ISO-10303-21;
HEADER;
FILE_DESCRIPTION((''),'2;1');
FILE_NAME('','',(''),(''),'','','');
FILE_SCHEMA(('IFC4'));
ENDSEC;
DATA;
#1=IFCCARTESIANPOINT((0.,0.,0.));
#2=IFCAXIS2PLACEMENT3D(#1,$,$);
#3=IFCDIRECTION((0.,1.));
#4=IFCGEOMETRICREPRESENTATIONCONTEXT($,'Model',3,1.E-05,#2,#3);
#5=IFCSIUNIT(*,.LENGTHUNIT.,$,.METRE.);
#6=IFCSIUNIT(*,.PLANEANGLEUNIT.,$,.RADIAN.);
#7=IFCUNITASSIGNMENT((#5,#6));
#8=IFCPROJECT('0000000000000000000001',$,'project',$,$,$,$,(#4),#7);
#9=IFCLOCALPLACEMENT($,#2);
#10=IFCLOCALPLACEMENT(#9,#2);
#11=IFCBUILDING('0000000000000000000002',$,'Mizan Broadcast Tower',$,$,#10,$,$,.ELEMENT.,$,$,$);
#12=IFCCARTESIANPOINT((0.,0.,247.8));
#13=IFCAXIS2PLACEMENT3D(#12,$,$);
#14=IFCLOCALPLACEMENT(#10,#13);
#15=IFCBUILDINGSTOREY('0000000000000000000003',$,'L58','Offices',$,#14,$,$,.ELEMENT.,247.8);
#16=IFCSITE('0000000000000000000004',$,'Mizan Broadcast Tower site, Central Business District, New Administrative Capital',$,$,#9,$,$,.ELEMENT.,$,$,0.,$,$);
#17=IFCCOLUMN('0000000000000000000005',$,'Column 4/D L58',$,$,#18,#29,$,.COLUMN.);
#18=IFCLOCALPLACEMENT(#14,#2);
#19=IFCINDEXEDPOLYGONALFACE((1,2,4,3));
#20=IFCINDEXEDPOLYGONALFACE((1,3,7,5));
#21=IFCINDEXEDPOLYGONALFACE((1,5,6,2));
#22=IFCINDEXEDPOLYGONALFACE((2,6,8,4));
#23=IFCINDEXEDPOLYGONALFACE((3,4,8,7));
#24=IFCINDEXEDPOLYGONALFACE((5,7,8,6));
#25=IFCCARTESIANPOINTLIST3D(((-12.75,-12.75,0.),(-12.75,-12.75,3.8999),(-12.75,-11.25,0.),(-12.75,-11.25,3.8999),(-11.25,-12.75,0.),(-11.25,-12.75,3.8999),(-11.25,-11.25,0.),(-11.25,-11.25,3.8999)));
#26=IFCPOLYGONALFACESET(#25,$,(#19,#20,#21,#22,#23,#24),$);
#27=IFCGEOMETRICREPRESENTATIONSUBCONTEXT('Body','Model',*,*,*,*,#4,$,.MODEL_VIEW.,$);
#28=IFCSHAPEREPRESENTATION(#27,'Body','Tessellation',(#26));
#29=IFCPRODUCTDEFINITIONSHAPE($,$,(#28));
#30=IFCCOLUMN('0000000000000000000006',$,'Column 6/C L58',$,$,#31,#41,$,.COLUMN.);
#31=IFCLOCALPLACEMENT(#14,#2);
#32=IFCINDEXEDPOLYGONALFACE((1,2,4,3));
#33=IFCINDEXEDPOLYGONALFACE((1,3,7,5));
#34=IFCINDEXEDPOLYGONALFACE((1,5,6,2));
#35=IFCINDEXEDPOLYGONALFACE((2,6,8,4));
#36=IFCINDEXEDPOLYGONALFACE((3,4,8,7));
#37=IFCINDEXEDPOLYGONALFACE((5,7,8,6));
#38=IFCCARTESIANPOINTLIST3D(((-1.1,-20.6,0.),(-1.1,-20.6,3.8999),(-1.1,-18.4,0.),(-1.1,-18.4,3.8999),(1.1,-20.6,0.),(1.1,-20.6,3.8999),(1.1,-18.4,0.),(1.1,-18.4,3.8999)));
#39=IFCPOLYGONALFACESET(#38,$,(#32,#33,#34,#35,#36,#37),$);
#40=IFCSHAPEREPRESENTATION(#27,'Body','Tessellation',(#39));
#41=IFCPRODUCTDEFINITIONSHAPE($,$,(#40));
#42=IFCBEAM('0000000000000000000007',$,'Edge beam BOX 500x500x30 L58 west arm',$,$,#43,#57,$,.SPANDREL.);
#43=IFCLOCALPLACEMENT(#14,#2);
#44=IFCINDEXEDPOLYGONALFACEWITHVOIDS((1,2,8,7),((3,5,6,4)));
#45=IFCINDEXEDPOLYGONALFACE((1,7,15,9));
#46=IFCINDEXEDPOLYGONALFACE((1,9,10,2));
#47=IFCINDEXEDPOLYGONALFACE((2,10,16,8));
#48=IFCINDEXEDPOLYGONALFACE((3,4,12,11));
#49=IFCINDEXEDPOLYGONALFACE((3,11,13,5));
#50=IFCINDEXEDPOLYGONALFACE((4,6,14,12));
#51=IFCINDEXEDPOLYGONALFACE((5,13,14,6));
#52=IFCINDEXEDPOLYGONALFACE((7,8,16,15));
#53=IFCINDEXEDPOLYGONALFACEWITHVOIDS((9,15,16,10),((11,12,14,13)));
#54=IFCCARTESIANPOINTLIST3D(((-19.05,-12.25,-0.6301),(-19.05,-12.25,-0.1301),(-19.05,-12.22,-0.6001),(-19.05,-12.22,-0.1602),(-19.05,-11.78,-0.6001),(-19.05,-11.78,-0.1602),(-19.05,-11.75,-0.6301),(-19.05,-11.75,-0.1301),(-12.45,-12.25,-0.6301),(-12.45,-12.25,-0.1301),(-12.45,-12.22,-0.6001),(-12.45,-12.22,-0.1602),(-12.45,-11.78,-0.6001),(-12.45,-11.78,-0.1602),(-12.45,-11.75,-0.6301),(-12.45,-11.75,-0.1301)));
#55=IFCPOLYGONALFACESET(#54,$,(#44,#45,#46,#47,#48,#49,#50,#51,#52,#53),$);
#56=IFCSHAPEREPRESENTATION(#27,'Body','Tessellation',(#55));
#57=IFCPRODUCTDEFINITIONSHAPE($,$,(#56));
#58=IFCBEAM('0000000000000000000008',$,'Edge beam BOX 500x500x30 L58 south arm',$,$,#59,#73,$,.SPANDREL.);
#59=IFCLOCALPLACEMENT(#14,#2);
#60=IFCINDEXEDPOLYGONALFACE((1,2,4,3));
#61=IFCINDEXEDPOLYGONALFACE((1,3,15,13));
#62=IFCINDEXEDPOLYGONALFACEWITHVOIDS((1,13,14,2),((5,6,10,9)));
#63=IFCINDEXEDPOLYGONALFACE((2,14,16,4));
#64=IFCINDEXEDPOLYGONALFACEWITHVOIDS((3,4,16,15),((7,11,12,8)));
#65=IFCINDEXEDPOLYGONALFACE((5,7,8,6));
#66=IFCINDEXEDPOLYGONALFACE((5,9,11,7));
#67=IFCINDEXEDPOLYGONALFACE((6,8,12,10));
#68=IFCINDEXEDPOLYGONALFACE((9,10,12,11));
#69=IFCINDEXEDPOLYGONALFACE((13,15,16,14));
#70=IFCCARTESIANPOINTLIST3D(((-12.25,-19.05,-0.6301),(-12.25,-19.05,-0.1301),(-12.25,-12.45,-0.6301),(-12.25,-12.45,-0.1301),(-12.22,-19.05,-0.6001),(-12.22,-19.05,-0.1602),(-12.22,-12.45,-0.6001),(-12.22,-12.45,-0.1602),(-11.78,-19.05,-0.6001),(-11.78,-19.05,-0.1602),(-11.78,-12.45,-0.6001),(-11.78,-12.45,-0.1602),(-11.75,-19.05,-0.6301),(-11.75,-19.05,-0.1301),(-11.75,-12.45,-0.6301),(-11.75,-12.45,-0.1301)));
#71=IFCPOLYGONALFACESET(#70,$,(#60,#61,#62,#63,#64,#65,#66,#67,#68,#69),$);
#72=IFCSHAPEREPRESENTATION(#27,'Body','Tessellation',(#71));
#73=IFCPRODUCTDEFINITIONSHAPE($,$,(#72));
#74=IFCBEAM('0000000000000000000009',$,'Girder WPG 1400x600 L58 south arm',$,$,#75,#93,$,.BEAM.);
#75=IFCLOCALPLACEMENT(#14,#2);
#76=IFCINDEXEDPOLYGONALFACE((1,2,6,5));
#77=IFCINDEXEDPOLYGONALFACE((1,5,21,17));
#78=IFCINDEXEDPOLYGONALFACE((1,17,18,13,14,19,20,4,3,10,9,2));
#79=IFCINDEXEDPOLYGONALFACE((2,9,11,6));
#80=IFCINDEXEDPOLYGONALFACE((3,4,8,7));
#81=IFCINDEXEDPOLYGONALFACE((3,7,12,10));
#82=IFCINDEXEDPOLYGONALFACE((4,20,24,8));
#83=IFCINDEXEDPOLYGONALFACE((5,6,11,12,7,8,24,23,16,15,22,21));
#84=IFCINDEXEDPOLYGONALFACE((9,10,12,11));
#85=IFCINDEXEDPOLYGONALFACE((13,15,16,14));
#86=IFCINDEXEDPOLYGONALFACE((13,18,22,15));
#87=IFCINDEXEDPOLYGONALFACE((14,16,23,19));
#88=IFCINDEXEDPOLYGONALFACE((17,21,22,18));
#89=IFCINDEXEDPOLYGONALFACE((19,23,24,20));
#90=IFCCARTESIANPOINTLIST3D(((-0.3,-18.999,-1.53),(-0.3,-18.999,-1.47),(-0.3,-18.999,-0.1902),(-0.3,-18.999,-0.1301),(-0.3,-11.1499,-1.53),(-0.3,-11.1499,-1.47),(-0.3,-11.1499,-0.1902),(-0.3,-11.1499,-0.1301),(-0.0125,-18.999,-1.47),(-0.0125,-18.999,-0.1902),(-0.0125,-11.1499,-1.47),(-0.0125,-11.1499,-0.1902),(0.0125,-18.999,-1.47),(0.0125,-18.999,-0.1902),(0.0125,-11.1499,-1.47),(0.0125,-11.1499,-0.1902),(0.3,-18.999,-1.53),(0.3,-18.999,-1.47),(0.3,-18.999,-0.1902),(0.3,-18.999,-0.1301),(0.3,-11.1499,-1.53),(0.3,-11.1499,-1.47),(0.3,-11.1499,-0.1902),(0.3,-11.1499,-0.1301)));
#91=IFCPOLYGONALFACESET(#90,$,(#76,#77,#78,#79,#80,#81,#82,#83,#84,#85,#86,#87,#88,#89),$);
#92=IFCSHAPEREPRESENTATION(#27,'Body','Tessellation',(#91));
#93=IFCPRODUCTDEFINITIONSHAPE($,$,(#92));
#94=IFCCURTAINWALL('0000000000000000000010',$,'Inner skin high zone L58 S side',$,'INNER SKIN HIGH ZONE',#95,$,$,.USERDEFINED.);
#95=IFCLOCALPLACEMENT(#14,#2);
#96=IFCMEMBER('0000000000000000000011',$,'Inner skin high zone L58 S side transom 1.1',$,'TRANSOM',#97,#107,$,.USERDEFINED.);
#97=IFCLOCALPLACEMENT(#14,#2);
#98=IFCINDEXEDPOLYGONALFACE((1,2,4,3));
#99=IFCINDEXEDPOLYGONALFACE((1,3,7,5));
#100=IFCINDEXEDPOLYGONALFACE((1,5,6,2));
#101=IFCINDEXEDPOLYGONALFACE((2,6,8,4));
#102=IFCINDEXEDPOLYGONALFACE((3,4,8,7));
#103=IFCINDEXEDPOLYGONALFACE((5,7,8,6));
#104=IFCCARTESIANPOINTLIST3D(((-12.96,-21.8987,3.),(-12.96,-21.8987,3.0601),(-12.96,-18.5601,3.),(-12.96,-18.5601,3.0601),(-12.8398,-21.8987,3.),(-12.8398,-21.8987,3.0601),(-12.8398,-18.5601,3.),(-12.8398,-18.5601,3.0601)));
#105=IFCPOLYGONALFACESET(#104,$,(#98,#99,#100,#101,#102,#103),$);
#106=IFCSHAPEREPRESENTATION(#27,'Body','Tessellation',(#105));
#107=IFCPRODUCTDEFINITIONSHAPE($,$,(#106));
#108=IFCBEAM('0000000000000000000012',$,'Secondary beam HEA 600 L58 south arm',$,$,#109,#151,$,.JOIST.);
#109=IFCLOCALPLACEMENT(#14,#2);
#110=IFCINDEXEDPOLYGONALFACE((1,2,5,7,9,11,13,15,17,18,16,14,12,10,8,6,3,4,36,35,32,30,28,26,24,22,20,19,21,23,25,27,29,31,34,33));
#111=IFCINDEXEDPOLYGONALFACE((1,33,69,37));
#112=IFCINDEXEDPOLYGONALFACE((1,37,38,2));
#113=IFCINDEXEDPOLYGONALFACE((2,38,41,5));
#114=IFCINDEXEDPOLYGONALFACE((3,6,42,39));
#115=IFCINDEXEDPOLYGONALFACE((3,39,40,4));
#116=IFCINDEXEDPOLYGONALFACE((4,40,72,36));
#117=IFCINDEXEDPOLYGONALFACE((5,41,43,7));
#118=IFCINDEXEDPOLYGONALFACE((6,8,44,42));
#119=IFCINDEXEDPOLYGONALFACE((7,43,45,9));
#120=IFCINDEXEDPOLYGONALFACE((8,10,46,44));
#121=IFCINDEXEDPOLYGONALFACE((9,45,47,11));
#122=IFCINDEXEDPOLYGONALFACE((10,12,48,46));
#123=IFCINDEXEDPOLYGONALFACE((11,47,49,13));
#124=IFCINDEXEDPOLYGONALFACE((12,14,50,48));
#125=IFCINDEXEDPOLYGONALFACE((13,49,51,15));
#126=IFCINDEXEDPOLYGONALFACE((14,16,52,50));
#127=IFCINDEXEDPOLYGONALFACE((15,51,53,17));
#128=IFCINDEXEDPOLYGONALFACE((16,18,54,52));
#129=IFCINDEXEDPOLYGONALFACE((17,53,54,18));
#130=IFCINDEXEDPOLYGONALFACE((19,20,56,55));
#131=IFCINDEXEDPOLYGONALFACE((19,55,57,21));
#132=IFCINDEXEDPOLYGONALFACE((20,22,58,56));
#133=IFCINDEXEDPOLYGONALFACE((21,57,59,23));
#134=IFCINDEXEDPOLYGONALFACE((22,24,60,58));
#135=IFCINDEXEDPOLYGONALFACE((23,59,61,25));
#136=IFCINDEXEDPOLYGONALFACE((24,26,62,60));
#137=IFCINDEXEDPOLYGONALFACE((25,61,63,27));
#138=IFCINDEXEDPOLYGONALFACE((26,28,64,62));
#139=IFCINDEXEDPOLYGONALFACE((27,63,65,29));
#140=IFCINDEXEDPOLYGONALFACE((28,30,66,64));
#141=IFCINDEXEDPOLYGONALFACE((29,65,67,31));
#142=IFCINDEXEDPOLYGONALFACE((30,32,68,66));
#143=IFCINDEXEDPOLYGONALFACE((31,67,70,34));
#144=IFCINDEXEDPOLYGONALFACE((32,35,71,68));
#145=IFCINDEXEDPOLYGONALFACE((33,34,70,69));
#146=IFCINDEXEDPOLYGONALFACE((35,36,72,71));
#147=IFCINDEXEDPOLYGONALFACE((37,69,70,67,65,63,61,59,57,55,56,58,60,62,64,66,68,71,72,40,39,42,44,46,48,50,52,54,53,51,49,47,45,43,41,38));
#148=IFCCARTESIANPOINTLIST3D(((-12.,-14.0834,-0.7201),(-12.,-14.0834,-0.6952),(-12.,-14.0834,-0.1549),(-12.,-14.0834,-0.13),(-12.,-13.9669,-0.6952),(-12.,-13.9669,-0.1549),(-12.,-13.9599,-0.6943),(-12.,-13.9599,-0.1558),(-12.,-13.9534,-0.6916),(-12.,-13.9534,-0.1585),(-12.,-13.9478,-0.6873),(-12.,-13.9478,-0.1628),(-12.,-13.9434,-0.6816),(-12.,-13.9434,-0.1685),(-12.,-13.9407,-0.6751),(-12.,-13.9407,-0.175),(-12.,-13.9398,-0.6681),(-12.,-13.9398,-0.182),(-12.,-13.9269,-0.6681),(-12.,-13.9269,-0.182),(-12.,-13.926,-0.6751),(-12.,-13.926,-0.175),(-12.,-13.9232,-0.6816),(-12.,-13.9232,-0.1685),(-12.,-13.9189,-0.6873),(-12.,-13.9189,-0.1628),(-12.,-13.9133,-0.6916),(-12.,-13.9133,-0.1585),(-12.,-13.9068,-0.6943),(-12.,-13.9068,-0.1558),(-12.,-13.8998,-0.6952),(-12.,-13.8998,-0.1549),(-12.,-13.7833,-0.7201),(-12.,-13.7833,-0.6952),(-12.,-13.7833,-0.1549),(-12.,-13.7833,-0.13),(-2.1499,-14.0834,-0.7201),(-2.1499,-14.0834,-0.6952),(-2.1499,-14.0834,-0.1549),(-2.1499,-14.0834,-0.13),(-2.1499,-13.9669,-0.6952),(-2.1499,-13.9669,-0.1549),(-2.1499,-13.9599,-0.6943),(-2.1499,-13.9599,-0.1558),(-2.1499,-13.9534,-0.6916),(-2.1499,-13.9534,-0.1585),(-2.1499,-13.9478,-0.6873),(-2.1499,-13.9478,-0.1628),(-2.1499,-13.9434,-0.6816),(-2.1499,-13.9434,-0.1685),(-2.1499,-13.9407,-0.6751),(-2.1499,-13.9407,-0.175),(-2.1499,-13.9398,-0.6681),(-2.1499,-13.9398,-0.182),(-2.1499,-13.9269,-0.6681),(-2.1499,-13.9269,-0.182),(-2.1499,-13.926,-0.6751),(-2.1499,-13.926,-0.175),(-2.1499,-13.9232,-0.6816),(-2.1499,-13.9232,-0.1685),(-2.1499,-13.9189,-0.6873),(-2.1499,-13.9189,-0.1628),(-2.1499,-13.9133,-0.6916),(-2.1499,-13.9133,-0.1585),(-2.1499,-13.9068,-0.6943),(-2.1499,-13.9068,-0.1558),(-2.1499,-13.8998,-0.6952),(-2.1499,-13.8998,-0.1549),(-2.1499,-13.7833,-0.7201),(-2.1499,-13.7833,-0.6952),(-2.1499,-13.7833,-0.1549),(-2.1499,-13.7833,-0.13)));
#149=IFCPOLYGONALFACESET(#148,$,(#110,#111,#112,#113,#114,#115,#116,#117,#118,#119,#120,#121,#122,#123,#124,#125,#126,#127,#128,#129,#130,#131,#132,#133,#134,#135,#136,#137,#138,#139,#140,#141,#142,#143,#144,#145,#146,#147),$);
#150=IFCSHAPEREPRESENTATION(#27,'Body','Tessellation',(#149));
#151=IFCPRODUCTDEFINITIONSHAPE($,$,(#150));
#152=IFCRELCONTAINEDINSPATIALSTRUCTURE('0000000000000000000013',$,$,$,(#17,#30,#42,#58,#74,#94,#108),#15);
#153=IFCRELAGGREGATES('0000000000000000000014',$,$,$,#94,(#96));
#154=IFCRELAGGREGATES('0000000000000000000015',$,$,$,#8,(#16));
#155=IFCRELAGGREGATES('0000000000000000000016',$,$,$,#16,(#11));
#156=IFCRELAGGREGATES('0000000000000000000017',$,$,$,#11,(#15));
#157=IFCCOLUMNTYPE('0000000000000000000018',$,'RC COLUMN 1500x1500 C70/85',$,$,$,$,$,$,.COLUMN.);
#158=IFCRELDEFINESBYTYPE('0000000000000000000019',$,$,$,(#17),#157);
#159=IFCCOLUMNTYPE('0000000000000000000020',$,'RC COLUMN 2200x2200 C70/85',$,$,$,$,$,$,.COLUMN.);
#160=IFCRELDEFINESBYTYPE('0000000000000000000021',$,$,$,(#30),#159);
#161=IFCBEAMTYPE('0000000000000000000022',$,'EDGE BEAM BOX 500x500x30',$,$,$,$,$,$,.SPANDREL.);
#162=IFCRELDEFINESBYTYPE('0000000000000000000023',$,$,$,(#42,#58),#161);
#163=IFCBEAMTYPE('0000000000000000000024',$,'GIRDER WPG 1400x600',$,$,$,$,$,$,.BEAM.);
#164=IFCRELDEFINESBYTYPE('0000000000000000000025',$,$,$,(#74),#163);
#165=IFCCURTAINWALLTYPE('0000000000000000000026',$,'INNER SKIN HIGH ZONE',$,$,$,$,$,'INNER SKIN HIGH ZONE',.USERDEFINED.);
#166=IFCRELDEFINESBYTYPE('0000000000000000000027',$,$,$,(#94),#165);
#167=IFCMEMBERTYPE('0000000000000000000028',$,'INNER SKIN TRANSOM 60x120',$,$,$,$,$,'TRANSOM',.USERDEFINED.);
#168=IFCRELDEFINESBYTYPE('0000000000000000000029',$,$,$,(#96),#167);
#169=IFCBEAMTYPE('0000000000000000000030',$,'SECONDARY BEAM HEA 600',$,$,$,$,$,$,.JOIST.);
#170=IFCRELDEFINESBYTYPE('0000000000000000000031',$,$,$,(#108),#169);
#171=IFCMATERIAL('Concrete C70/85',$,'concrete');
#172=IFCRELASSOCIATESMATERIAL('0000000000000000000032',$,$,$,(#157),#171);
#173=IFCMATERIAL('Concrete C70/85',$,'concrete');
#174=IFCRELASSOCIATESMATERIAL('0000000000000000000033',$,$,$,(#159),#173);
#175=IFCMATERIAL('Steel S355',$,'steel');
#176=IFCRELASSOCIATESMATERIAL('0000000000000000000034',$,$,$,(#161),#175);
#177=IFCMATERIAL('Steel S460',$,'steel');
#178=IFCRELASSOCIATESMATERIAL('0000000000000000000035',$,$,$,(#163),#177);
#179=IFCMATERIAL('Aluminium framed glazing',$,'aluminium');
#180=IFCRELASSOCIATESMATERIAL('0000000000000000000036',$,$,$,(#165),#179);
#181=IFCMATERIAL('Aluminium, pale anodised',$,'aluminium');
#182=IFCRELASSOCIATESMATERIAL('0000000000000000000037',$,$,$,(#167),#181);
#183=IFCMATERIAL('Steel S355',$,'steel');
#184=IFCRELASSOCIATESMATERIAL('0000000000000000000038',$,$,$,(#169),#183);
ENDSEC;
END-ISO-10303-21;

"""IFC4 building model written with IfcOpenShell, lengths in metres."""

from ifc_helpers import new_model, si_unit, direction, frame, origin, origin_2d, place, context, subcontext, project, spatial, rectangle, hollow_rectangle, i_section, extrude, material, material_profile, profile_set, type_object, element, aggregate, save


model = new_model("IFC4")

# Units and contexts
model_context = context("Model", 3, precision=1e-05, world=origin(), true_north=direction((0.0, 1.0)))
body_context = subcontext(model_context, "Body", "Model", "MODEL_VIEW")
ifc_project = project(units=[si_unit("LENGTHUNIT", "METRE"), si_unit("PLANEANGLEUNIT", "RADIAN")], contexts=[model_context])

# Site, building, storey
site_placement = place(None, origin())
site = spatial("IfcSite", under=ifc_project, at=site_placement, Name="Mizan Broadcast Tower site, Central Business District, New Administrative Capital", CompositionType="ELEMENT", RefElevation=0.0)
building_placement = place(site_placement, origin())
building = spatial("IfcBuilding", under=site, at=building_placement, Name="Mizan Broadcast Tower", CompositionType="ELEMENT")
storey_placement = place(building_placement, frame((0.0, 0.0, 247.8)))
storey = spatial("IfcBuildingStorey", under=building, at=storey_placement, Name="L58", Description="Offices", CompositionType="ELEMENT", Elevation=247.8)

# Columns
ifc_material_1 = material(Name="Concrete C70/85", Category="concrete")
ifc_material_profile_1 = material_profile(ifc_material_1, rectangle(XDim=1.5, YDim=1.5, at=origin_2d()), Name="RC 1500x1500")
ifc_profile_set_1 = profile_set([ifc_material_profile_1], Name="Concrete C70/85")
column_type_1 = type_object("IfcColumnType", Name="RC COLUMN 1500x1500 C70/85", PredefinedType="COLUMN", material=ifc_profile_set_1)
column_1_placement = place(storey_placement, frame((-12.0, -12.0, 0.0), z_axis=(0.0, 0.0, 1.0), x_axis=(1.0, 0.0, 0.0)))
element("IfcColumn", 1, at=column_1_placement, inside=storey, type_object=column_type_1, Name="Column 4/D L58", PredefinedType="COLUMN", context=body_context, shape_type="SweptSolid", body=[
    extrude(rectangle(XDim=1.5, YDim=1.5, at=origin_2d()), origin(), (0.0, 0.0, 1.0), 3.8999),
])
ifc_material_2 = material(Name="Concrete C70/85", Category="concrete")
ifc_material_profile_2 = material_profile(ifc_material_2, rectangle(XDim=2.2, YDim=2.2, at=origin_2d()), Name="RC 2200x2200")
ifc_profile_set_2 = profile_set([ifc_material_profile_2], Name="Concrete C70/85")
column_type_2 = type_object("IfcColumnType", Name="RC COLUMN 2200x2200 C70/85", PredefinedType="COLUMN", material=ifc_profile_set_2)
column_2_placement = place(storey_placement, frame((0.0, -19.5, 0.0), z_axis=(0.0, 0.0, 1.0), x_axis=(1.0, 0.0, 0.0)))
element("IfcColumn", 2, at=column_2_placement, inside=storey, type_object=column_type_2, Name="Column 6/C L58", PredefinedType="COLUMN", context=body_context, shape_type="SweptSolid", body=[
    extrude(rectangle(XDim=2.2, YDim=2.2, at=origin_2d()), origin(), (0.0, 0.0, 1.0), 3.8999),
])

# Beams
ifc_material_3 = material(Name="Steel S355", Category="steel")
ifc_material_profile_3 = material_profile(ifc_material_3, hollow_rectangle(XDim=0.5, YDim=0.5, WallThickness=0.03, at=origin_2d()), Name="BOX 500x500x30")
ifc_profile_set_3 = profile_set([ifc_material_profile_3], Name="Steel S355")
beam_type_1 = type_object("IfcBeamType", Name="EDGE BEAM BOX 500x500x30", PredefinedType="SPANDREL", material=ifc_profile_set_3)
for number, where, z_axis, x_axis, name in (
    (3, (-12.45, -12.0, -0.3801), (-1.0, 0.0, 0.0), (0.0, -1.0, 0.0), "Edge beam BOX 500x500x30 L58 west arm"),
    (4, (-12.0, -12.45, -0.3801), (0.0, -1.0, 0.0), (1.0, 0.0, 0.0), "Edge beam BOX 500x500x30 L58 south arm"),
):
    element("IfcBeam", number, at=place(storey_placement, frame(where, z_axis=z_axis, x_axis=x_axis)), inside=storey, type_object=beam_type_1, Name=name, PredefinedType="SPANDREL", context=body_context, shape_type="SweptSolid", body=[
        extrude(hollow_rectangle(XDim=0.5, YDim=0.5, WallThickness=0.03, at=origin_2d()), origin(), (0.0, 0.0, 1.0), 6.6001),
    ])
ifc_material_4 = material(Name="Steel S460", Category="steel")
ifc_material_profile_4 = material_profile(ifc_material_4, i_section(OverallWidth=0.6001, OverallDepth=1.3999, WebThickness=0.0249, FlangeThickness=0.0601, at=origin_2d()), Name="WPG 1400x600")
ifc_profile_set_4 = profile_set([ifc_material_profile_4], Name="Steel S460")
beam_type_2 = type_object("IfcBeamType", Name="GIRDER WPG 1400x600", PredefinedType="BEAM", material=ifc_profile_set_4)
beam_1_placement = place(storey_placement, frame((0.0, -11.1499, -0.8301), z_axis=(0.0, -1.0, 0.0), x_axis=(1.0, 0.0, 0.0)))
element("IfcBeam", 5, at=beam_1_placement, inside=storey, type_object=beam_type_2, Name="Girder WPG 1400x600 L58 south arm", PredefinedType="BEAM", context=body_context, shape_type="SweptSolid", body=[
    extrude(i_section(OverallWidth=0.6001, OverallDepth=1.3999, WebThickness=0.0249, FlangeThickness=0.0601, at=origin_2d()), origin(), (0.0, 0.0, 1.0), 7.8491),
])

# Curtain wall, member
ifc_material_5 = material(Name="Aluminium framed glazing", Category="aluminium")
curtain_wall_type = type_object("IfcCurtainWallType", Name="INNER SKIN HIGH ZONE", ElementType="INNER SKIN HIGH ZONE", PredefinedType="USERDEFINED", material=ifc_material_5)
curtain_wall_placement = place(storey_placement, origin())
curtain_wall = element("IfcCurtainWall", 6, at=curtain_wall_placement, inside=storey, type_object=curtain_wall_type, Name="Inner skin high zone L58 S side", ObjectType="INNER SKIN HIGH ZONE", PredefinedType="USERDEFINED")
ifc_material_6 = material(Name="Aluminium, pale anodised", Category="aluminium")
ifc_material_profile_5 = material_profile(ifc_material_6, rectangle(XDim=0.1201, YDim=0.0601, at=origin_2d()), Name="TRANSOM 120x60")
ifc_profile_set_5 = profile_set([ifc_material_profile_5], Name="Aluminium, pale anodised")
member_type = type_object("IfcMemberType", Name="INNER SKIN TRANSOM 60x120", ElementType="TRANSOM", PredefinedType="USERDEFINED", material=ifc_profile_set_5)
member_placement = place(storey_placement, frame((-12.8999, -18.5601, 3.03), z_axis=(0.0, -1.0, 0.0), x_axis=(1.0, 0.0, 0.0)))
member = element("IfcMember", 7, at=member_placement, type_object=member_type, Name="Inner skin high zone L58 S side transom 1.1", ObjectType="TRANSOM", PredefinedType="USERDEFINED", context=body_context, shape_type="SweptSolid", body=[
    extrude(rectangle(XDim=0.1201, YDim=0.0601, at=origin_2d()), origin(), (0.0, 0.0, 1.0), 3.3386),
])
aggregate(curtain_wall, [member])

# Beam
ifc_material_7 = material(Name="Steel S355", Category="steel")
ifc_material_profile_6 = material_profile(ifc_material_7, i_section(OverallWidth=0.3, OverallDepth=0.5901, WebThickness=0.0129, FlangeThickness=0.0249, FilletRadius=0.0271, at=origin_2d()), Name="HEA 600")
ifc_profile_set_6 = profile_set([ifc_material_profile_6], Name="Steel S355")
beam_type_3 = type_object("IfcBeamType", Name="SECONDARY BEAM HEA 600", PredefinedType="JOIST", material=ifc_profile_set_6)
for number, where, z_axis, x_axis, name in (
    (8, (-12.0, -13.9333, -0.425), (1.0, 0.0, 0.0), (0.0, 1.0, 0.0), "Secondary beam HEA 600 L58 south arm"),
):
    element("IfcBeam", number, at=place(storey_placement, frame(where, z_axis=z_axis, x_axis=x_axis)), inside=storey, type_object=beam_type_3, Name=name, PredefinedType="JOIST", context=body_context, shape_type="SweptSolid", body=[
        extrude(i_section(OverallWidth=0.3, OverallDepth=0.5901, WebThickness=0.0129, FlangeThickness=0.0249, FilletRadius=0.0271, at=origin_2d()), origin(), (0.0, 0.0, 1.0), 9.8501),
    ])

save(model, "model.ifc")
